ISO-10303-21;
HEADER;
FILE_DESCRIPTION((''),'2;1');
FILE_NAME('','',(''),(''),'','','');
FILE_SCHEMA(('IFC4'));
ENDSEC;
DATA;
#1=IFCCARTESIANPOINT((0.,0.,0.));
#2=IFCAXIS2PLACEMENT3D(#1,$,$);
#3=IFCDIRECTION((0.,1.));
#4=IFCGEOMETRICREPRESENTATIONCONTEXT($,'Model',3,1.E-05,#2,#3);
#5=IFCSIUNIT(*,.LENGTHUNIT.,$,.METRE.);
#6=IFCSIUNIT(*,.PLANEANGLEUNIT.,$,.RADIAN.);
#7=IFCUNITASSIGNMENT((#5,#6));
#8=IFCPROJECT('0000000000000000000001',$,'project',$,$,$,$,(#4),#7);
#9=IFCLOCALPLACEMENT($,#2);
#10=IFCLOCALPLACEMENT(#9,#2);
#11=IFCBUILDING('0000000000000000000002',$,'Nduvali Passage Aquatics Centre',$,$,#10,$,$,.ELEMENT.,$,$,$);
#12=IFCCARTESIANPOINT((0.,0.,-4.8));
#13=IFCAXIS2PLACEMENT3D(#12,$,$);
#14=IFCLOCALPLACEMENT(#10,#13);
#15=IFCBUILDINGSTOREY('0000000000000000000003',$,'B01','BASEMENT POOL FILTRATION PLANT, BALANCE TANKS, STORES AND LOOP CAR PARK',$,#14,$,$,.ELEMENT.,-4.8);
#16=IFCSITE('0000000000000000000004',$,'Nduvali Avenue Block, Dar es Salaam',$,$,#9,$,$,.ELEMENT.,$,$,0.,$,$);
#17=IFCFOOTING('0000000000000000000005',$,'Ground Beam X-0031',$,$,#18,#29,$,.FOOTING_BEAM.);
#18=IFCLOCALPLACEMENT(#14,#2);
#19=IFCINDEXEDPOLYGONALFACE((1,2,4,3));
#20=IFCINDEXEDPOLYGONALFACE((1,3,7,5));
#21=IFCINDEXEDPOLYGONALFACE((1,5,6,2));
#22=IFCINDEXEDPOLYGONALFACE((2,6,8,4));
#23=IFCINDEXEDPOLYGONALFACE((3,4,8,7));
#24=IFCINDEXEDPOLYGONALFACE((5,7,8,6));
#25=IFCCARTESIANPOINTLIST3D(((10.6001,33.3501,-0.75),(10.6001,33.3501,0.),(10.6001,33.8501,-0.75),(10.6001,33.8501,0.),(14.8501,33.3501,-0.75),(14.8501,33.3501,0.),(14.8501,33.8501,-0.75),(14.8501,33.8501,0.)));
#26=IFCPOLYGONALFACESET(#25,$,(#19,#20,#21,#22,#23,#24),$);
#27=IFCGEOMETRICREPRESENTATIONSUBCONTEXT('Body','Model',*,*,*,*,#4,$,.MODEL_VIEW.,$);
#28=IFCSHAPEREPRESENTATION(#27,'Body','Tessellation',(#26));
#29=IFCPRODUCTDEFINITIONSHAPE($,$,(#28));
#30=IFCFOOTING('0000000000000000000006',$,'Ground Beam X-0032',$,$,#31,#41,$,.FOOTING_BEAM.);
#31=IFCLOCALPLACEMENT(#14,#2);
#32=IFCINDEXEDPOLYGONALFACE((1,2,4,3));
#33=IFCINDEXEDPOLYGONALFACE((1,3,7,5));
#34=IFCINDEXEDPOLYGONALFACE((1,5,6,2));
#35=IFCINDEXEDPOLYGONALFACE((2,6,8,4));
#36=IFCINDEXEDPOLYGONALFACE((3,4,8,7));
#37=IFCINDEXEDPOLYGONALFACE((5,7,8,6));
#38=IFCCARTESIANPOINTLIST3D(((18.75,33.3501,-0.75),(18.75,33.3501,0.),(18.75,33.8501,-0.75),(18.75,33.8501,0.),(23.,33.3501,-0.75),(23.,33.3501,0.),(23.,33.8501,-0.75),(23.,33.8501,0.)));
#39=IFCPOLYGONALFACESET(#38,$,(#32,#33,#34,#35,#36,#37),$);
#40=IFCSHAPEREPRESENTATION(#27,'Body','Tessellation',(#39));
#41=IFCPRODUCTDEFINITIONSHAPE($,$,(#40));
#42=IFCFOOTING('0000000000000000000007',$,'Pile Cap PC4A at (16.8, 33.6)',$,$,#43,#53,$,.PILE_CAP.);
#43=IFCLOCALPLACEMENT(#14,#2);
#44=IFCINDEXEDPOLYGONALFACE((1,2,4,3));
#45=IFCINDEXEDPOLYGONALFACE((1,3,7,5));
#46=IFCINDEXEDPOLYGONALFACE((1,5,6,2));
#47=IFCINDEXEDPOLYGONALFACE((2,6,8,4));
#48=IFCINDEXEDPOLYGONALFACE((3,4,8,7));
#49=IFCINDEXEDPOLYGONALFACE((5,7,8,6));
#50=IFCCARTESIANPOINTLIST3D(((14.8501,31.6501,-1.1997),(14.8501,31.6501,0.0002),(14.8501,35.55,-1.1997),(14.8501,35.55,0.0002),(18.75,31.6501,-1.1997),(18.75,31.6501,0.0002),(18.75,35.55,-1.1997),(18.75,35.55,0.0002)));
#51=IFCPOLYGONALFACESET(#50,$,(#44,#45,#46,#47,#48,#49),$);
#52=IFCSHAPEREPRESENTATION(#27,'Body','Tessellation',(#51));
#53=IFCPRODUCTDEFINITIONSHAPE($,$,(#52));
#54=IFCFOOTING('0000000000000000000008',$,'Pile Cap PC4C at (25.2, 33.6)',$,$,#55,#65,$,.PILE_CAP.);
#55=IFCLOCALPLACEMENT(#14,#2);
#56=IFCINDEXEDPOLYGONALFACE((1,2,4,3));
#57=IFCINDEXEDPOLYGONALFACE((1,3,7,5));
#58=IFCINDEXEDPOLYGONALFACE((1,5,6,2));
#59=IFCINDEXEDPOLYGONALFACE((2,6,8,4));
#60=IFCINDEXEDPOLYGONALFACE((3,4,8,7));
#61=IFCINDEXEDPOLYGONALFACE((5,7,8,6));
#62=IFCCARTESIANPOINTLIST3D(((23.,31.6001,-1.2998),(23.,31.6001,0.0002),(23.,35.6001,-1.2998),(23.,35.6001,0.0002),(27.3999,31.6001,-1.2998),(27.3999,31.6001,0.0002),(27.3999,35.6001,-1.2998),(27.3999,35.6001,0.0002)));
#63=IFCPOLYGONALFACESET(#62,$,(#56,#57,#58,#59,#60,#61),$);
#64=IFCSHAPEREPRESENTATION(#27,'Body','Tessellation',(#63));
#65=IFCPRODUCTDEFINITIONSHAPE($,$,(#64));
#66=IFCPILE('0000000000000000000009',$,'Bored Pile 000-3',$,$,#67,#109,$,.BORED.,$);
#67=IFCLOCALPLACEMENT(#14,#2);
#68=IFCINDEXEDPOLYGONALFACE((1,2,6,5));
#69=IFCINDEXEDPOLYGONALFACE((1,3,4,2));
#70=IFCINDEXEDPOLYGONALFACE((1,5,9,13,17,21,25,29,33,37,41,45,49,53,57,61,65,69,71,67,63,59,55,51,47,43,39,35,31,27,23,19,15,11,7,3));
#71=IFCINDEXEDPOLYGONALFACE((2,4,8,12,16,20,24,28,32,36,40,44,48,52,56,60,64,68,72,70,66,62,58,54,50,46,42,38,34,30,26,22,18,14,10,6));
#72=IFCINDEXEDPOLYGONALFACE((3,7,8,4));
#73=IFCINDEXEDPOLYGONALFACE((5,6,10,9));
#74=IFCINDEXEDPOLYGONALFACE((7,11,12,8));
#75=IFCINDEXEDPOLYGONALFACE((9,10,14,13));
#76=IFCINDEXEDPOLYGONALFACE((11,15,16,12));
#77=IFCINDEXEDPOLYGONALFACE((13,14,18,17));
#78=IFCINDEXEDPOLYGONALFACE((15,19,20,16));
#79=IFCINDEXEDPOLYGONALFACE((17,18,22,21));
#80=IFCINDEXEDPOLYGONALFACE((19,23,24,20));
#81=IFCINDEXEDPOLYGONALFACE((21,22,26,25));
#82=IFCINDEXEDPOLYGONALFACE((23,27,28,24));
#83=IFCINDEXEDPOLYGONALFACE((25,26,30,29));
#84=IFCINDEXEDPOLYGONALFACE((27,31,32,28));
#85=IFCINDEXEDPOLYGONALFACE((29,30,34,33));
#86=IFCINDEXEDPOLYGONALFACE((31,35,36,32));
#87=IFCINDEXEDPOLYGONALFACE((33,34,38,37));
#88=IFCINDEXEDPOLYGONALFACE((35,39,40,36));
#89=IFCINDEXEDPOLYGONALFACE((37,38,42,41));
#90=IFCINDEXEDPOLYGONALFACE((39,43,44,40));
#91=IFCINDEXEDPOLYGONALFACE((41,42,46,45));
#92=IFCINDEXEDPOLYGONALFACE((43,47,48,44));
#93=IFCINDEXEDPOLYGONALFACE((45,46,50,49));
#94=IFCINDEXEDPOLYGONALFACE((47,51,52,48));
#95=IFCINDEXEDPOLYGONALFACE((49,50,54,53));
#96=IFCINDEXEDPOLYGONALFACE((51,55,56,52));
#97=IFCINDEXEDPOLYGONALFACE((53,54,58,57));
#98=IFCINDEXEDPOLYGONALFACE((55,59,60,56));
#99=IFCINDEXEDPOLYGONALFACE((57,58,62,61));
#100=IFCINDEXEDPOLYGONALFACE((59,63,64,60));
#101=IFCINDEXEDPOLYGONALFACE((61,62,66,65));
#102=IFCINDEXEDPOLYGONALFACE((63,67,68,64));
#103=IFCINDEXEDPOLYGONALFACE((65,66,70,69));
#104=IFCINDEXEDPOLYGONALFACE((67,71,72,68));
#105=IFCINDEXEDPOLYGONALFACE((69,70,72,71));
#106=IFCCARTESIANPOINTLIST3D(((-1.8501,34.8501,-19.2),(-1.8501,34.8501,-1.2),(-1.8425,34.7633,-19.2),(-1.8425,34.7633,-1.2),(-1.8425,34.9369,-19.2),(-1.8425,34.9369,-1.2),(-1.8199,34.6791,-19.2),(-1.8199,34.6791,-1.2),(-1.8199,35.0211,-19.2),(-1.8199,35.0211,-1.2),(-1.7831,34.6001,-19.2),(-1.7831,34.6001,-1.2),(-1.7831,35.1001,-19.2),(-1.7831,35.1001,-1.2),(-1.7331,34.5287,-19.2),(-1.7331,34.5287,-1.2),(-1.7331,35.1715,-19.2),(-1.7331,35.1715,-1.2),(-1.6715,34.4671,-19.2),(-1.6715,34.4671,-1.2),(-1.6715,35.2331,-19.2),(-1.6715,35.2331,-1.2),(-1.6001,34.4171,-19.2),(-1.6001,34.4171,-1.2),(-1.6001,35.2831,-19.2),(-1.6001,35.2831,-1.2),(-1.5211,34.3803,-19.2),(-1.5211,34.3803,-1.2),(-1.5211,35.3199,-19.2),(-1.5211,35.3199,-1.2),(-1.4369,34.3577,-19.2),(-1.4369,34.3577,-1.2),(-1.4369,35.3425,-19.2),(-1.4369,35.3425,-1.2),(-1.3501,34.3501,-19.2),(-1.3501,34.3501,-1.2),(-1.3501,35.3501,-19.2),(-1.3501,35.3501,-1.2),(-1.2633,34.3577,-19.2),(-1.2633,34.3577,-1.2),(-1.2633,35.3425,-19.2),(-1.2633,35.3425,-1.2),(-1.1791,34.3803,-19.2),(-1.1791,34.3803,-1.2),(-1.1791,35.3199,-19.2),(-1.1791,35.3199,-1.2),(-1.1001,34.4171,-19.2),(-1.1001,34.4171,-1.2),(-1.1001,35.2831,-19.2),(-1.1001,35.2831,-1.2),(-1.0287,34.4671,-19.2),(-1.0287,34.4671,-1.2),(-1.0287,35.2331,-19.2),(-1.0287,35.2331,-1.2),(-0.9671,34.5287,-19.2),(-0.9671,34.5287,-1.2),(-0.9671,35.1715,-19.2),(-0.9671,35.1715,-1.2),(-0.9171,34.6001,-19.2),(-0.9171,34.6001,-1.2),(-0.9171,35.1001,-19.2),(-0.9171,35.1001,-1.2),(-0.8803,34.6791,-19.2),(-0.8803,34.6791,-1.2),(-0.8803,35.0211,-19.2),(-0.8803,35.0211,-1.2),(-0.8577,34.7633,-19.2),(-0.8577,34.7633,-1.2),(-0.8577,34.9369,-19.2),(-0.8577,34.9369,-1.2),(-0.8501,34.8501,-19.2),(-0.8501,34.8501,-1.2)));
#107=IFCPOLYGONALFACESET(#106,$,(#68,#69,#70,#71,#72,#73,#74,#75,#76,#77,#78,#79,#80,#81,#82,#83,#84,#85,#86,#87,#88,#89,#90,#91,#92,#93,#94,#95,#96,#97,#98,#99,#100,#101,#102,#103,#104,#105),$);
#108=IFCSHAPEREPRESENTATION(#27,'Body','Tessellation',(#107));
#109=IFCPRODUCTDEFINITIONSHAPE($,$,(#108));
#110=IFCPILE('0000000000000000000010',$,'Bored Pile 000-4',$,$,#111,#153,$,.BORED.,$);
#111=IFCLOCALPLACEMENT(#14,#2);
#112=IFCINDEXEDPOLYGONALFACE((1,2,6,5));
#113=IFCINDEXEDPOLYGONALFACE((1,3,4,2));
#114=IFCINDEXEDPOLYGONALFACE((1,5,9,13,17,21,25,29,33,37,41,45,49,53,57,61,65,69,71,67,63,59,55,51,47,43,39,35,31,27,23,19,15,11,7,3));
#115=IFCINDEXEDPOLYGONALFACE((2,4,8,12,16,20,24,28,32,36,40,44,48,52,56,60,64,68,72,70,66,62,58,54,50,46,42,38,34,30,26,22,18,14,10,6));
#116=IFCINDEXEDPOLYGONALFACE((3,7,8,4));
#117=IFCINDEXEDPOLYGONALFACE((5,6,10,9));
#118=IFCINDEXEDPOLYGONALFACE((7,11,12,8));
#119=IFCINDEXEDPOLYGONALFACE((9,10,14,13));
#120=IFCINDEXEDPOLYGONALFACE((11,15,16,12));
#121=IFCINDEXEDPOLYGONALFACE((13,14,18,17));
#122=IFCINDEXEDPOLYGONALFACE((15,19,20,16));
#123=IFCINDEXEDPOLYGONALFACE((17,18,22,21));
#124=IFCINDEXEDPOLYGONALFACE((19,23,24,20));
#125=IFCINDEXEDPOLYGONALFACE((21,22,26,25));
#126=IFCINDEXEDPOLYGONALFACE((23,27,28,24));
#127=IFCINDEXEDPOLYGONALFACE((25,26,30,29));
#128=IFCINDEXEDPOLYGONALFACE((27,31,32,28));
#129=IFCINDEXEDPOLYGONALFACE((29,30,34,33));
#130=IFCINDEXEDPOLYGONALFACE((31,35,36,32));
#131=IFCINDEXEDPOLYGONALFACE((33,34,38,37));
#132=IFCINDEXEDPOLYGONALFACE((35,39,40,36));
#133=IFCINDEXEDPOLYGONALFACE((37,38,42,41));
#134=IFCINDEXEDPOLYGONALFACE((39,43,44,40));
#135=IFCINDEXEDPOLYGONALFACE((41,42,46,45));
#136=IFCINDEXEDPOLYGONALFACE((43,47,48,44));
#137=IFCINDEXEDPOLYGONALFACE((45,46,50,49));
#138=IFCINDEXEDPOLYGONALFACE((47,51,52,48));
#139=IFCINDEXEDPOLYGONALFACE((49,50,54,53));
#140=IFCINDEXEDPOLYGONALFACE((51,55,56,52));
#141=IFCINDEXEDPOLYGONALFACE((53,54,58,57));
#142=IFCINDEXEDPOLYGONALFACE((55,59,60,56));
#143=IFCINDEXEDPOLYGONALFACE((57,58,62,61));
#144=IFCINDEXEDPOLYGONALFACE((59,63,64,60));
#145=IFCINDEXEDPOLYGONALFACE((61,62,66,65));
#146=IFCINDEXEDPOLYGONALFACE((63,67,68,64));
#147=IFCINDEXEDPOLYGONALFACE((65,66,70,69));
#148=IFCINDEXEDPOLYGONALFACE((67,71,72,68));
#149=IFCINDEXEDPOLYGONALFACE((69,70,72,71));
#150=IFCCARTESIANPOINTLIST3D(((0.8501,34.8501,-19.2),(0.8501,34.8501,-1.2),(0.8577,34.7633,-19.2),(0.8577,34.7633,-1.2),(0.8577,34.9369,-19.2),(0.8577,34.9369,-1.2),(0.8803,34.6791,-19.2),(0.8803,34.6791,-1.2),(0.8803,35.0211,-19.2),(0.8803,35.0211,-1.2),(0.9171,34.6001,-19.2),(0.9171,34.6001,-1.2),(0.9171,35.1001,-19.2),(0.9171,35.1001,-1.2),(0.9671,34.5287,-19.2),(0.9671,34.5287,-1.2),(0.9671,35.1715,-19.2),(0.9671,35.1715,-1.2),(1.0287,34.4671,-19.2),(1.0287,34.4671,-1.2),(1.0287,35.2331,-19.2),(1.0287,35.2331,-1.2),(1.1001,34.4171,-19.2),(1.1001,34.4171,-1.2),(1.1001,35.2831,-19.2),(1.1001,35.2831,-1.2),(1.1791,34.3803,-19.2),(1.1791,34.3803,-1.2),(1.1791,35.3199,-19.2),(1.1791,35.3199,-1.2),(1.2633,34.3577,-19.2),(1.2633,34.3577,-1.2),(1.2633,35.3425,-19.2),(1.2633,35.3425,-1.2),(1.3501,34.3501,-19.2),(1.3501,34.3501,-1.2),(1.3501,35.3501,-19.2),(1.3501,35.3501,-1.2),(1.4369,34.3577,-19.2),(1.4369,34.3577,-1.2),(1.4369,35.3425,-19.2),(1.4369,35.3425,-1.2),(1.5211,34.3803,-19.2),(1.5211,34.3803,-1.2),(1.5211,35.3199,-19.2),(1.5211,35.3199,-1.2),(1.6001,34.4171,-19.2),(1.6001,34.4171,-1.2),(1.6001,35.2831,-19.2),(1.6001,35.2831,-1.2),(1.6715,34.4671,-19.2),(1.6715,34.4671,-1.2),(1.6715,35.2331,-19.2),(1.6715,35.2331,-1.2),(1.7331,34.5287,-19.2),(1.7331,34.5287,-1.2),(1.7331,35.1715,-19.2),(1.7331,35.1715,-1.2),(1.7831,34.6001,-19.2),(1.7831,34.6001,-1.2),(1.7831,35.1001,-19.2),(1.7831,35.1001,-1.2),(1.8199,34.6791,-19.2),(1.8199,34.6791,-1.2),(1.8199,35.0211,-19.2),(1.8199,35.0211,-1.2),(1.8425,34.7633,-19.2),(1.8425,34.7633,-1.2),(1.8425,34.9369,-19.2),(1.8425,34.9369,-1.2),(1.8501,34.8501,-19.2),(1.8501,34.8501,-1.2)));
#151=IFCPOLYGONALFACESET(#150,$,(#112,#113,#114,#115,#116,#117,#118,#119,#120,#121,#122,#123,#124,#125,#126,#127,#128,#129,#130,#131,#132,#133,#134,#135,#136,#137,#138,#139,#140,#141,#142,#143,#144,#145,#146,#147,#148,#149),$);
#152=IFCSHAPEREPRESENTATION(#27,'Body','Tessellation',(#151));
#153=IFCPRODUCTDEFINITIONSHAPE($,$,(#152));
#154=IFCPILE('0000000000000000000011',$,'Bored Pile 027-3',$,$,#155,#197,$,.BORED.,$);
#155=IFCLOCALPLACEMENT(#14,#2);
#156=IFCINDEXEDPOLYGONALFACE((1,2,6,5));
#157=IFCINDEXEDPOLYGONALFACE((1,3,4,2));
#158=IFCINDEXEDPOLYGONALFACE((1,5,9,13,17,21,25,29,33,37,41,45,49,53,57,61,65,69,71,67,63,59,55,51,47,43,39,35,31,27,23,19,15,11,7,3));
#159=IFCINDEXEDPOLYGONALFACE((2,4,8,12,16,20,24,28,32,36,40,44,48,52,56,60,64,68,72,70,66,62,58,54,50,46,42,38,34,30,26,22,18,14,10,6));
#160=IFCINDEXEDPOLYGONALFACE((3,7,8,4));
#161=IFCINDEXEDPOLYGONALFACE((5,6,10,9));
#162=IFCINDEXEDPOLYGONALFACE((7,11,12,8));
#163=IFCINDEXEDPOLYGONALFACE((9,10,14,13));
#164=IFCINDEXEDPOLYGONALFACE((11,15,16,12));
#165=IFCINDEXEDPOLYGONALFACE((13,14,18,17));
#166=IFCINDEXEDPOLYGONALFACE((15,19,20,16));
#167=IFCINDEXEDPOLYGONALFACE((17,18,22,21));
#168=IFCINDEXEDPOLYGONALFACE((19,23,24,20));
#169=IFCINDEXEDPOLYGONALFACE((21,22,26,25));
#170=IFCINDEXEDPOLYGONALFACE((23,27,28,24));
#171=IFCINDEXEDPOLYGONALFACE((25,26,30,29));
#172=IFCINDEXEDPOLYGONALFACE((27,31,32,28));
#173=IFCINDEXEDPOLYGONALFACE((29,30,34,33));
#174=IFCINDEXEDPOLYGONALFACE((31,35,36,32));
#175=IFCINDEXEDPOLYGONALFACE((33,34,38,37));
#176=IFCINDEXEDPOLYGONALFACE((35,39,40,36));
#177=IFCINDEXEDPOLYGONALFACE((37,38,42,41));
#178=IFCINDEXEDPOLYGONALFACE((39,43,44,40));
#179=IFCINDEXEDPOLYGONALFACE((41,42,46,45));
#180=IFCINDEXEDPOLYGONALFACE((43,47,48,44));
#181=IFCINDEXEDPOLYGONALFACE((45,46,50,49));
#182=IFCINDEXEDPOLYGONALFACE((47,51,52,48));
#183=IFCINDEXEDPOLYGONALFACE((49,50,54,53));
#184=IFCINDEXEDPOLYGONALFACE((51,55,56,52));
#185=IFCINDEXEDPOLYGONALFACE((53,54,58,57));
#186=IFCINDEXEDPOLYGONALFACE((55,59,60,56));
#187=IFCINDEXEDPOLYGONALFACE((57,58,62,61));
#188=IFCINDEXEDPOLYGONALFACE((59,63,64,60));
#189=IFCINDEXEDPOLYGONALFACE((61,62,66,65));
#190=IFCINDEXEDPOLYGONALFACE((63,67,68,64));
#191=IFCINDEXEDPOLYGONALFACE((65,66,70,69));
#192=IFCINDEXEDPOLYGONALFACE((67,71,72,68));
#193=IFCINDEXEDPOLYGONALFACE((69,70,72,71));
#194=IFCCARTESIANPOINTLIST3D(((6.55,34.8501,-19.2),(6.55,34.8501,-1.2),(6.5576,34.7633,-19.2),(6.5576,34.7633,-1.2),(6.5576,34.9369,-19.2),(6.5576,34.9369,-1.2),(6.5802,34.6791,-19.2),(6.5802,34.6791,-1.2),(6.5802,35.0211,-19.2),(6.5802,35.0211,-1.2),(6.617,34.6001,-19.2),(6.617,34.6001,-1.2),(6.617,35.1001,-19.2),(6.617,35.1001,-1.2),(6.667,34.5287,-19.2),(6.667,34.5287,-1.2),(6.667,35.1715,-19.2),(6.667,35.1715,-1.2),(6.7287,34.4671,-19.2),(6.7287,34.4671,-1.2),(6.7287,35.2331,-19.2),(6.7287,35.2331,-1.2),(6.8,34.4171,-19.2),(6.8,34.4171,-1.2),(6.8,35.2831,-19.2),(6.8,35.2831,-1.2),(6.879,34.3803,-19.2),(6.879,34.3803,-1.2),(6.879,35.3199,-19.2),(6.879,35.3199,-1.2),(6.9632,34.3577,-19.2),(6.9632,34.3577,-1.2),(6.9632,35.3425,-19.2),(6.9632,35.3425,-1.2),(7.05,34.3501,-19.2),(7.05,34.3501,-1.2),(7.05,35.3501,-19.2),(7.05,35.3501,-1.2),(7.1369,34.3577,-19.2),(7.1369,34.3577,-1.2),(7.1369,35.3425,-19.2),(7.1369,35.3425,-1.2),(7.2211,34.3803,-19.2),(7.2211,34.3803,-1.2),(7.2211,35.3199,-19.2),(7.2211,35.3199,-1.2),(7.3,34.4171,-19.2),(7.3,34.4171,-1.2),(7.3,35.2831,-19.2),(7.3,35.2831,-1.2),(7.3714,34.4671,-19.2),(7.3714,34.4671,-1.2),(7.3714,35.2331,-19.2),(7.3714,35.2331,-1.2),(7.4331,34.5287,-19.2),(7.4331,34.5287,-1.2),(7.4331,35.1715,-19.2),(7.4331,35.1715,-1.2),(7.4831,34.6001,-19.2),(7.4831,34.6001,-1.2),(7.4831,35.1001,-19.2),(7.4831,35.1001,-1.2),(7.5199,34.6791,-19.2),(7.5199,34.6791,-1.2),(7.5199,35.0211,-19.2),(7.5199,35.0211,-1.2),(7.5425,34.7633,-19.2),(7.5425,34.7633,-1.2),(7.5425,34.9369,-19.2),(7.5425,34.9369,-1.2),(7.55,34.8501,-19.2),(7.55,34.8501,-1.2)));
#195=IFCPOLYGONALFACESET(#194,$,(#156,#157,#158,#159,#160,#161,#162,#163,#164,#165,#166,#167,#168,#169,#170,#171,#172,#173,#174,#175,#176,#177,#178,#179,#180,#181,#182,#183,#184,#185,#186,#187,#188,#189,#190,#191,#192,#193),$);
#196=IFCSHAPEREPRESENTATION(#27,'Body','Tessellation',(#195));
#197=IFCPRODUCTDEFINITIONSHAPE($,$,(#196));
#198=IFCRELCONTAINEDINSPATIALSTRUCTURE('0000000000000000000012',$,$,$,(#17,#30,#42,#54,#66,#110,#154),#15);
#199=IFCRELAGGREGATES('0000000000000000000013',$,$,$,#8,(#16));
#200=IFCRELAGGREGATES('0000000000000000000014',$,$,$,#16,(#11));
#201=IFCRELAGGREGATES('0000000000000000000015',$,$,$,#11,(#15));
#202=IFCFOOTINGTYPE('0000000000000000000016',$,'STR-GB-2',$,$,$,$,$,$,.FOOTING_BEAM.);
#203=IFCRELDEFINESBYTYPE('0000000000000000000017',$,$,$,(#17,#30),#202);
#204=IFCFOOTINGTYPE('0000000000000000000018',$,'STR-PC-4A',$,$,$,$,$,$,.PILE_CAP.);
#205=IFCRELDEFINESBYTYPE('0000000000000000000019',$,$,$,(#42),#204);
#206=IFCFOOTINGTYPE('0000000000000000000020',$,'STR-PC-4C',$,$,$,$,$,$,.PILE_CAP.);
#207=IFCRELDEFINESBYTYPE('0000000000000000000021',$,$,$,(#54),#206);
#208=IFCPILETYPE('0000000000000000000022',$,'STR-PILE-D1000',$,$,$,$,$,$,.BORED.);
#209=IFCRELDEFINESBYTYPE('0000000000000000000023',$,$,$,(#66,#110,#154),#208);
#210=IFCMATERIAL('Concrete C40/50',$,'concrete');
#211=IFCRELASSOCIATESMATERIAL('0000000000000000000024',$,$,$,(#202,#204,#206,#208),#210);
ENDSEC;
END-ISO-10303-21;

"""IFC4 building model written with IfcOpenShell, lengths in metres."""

from ifc_helpers import new_model, si_unit, direction, frame, origin, origin_2d, place, context, subcontext, project, spatial, rectangle, circle, extrude, material, material_profile, profile_set, type_object, element, save


model = new_model("IFC4")

# Units and contexts
model_context = context("Model", 3, precision=1e-05, world=origin(), true_north=direction((0.0, 1.0)))
body_context = subcontext(model_context, "Body", "Model", "MODEL_VIEW")
ifc_project = project(units=[si_unit("LENGTHUNIT", "METRE"), si_unit("PLANEANGLEUNIT", "RADIAN")], contexts=[model_context])

# Site, building, storey
site_placement = place(None, origin())
site = spatial("IfcSite", under=ifc_project, at=site_placement, Name="Nduvali Avenue Block, Dar es Salaam", CompositionType="ELEMENT", RefElevation=0.0)
building_placement = place(site_placement, origin())
building = spatial("IfcBuilding", under=site, at=building_placement, Name="Nduvali Passage Aquatics Centre", CompositionType="ELEMENT")
storey_placement = place(building_placement, frame((0.0, 0.0, -4.8)))
storey = spatial("IfcBuildingStorey", under=building, at=storey_placement, Name="B01", Description="BASEMENT POOL FILTRATION PLANT, BALANCE TANKS, STORES AND LOOP CAR PARK", CompositionType="ELEMENT", Elevation=-4.8)

# Footings
ifc_material_1 = material(Name="Concrete C40/50", Category="concrete")
footing_type_1 = type_object("IfcFootingType", Name="STR-GB-2", PredefinedType="FOOTING_BEAM", material=ifc_material_1)
for number, where, z_axis, x_axis, name in (
    (1, (12.7251, 33.6001, -0.75), (0.0, 0.0, 1.0), (1.0, 0.0, 0.0), "Ground Beam X-0031"),
    (2, (20.875, 33.6001, -0.75), (0.0, 0.0, 1.0), (1.0, 0.0, 0.0), "Ground Beam X-0032"),
):
    element("IfcFooting", number, at=place(storey_placement, frame(where, z_axis=z_axis, x_axis=x_axis)), inside=storey, type_object=footing_type_1, Name=name, PredefinedType="FOOTING_BEAM", context=body_context, shape_type="SweptSolid", body=[
        extrude(rectangle(XDim=4.25, YDim=0.5, at=origin_2d()), origin(), (0.0, 0.0, 1.0), 0.75),
    ])
footing_type_2 = type_object("IfcFootingType", Name="STR-PC-4A", PredefinedType="PILE_CAP", material=ifc_material_1)
footing_1_placement = place(storey_placement, frame((16.8, 33.6001, -1.1997), z_axis=(0.0, 0.0, 1.0), x_axis=(1.0, 0.0, 0.0)))
element("IfcFooting", 3, at=footing_1_placement, inside=storey, type_object=footing_type_2, Name="Pile Cap PC4A at (16.8, 33.6)", PredefinedType="PILE_CAP", context=body_context, shape_type="SweptSolid", body=[
    extrude(rectangle(XDim=3.8999, YDim=3.8999, at=origin_2d()), origin(), (0.0, 0.0, 1.0), 1.2),
])
footing_type_3 = type_object("IfcFootingType", Name="STR-PC-4C", PredefinedType="PILE_CAP", material=ifc_material_1)
footing_2_placement = place(storey_placement, frame((25.2, 33.6001, -1.2998), z_axis=(0.0, 0.0, 1.0), x_axis=(1.0, 0.0, 0.0)))
element("IfcFooting", 4, at=footing_2_placement, inside=storey, type_object=footing_type_3, Name="Pile Cap PC4C at (25.2, 33.6)", PredefinedType="PILE_CAP", context=body_context, shape_type="SweptSolid", body=[
    extrude(rectangle(XDim=4.3999, YDim=4.0, at=origin_2d()), origin(), (0.0, 0.0, 1.0), 1.3),
])

# Piles
ifc_material_profile_1 = material_profile(ifc_material_1, circle(Radius=0.5, at=origin_2d()), Name="PILE D1000")
ifc_profile_set_1 = profile_set([ifc_material_profile_1], Name="Concrete C40/50")
pile_type_1 = type_object("IfcPileType", Name="STR-PILE-D1000", PredefinedType="BORED", material=ifc_profile_set_1)
for number, where, z_axis, x_axis, name in (
    (5, (-1.3501, 34.8501, -1.2), (0.0, 0.0, -1.0), (1.0, 0.0, 0.0), "Bored Pile 000-3"),
    (6, (1.3501, 34.8501, -1.2), (0.0, 0.0, -1.0), (1.0, 0.0, 0.0), "Bored Pile 000-4"),
    (7, (7.05, 34.8501, -1.2), (0.0, 0.0, -1.0), (1.0, 0.0, 0.0), "Bored Pile 027-3"),
):
    element("IfcPile", number, at=place(storey_placement, frame(where, z_axis=z_axis, x_axis=x_axis)), inside=storey, type_object=pile_type_1, Name=name, PredefinedType="BORED", context=body_context, shape_type="SweptSolid", body=[
        extrude(circle(Radius=0.5, at=origin_2d()), origin(), (0.0, 0.0, 1.0), 18.0),
    ])

save(model, "model.ifc")
